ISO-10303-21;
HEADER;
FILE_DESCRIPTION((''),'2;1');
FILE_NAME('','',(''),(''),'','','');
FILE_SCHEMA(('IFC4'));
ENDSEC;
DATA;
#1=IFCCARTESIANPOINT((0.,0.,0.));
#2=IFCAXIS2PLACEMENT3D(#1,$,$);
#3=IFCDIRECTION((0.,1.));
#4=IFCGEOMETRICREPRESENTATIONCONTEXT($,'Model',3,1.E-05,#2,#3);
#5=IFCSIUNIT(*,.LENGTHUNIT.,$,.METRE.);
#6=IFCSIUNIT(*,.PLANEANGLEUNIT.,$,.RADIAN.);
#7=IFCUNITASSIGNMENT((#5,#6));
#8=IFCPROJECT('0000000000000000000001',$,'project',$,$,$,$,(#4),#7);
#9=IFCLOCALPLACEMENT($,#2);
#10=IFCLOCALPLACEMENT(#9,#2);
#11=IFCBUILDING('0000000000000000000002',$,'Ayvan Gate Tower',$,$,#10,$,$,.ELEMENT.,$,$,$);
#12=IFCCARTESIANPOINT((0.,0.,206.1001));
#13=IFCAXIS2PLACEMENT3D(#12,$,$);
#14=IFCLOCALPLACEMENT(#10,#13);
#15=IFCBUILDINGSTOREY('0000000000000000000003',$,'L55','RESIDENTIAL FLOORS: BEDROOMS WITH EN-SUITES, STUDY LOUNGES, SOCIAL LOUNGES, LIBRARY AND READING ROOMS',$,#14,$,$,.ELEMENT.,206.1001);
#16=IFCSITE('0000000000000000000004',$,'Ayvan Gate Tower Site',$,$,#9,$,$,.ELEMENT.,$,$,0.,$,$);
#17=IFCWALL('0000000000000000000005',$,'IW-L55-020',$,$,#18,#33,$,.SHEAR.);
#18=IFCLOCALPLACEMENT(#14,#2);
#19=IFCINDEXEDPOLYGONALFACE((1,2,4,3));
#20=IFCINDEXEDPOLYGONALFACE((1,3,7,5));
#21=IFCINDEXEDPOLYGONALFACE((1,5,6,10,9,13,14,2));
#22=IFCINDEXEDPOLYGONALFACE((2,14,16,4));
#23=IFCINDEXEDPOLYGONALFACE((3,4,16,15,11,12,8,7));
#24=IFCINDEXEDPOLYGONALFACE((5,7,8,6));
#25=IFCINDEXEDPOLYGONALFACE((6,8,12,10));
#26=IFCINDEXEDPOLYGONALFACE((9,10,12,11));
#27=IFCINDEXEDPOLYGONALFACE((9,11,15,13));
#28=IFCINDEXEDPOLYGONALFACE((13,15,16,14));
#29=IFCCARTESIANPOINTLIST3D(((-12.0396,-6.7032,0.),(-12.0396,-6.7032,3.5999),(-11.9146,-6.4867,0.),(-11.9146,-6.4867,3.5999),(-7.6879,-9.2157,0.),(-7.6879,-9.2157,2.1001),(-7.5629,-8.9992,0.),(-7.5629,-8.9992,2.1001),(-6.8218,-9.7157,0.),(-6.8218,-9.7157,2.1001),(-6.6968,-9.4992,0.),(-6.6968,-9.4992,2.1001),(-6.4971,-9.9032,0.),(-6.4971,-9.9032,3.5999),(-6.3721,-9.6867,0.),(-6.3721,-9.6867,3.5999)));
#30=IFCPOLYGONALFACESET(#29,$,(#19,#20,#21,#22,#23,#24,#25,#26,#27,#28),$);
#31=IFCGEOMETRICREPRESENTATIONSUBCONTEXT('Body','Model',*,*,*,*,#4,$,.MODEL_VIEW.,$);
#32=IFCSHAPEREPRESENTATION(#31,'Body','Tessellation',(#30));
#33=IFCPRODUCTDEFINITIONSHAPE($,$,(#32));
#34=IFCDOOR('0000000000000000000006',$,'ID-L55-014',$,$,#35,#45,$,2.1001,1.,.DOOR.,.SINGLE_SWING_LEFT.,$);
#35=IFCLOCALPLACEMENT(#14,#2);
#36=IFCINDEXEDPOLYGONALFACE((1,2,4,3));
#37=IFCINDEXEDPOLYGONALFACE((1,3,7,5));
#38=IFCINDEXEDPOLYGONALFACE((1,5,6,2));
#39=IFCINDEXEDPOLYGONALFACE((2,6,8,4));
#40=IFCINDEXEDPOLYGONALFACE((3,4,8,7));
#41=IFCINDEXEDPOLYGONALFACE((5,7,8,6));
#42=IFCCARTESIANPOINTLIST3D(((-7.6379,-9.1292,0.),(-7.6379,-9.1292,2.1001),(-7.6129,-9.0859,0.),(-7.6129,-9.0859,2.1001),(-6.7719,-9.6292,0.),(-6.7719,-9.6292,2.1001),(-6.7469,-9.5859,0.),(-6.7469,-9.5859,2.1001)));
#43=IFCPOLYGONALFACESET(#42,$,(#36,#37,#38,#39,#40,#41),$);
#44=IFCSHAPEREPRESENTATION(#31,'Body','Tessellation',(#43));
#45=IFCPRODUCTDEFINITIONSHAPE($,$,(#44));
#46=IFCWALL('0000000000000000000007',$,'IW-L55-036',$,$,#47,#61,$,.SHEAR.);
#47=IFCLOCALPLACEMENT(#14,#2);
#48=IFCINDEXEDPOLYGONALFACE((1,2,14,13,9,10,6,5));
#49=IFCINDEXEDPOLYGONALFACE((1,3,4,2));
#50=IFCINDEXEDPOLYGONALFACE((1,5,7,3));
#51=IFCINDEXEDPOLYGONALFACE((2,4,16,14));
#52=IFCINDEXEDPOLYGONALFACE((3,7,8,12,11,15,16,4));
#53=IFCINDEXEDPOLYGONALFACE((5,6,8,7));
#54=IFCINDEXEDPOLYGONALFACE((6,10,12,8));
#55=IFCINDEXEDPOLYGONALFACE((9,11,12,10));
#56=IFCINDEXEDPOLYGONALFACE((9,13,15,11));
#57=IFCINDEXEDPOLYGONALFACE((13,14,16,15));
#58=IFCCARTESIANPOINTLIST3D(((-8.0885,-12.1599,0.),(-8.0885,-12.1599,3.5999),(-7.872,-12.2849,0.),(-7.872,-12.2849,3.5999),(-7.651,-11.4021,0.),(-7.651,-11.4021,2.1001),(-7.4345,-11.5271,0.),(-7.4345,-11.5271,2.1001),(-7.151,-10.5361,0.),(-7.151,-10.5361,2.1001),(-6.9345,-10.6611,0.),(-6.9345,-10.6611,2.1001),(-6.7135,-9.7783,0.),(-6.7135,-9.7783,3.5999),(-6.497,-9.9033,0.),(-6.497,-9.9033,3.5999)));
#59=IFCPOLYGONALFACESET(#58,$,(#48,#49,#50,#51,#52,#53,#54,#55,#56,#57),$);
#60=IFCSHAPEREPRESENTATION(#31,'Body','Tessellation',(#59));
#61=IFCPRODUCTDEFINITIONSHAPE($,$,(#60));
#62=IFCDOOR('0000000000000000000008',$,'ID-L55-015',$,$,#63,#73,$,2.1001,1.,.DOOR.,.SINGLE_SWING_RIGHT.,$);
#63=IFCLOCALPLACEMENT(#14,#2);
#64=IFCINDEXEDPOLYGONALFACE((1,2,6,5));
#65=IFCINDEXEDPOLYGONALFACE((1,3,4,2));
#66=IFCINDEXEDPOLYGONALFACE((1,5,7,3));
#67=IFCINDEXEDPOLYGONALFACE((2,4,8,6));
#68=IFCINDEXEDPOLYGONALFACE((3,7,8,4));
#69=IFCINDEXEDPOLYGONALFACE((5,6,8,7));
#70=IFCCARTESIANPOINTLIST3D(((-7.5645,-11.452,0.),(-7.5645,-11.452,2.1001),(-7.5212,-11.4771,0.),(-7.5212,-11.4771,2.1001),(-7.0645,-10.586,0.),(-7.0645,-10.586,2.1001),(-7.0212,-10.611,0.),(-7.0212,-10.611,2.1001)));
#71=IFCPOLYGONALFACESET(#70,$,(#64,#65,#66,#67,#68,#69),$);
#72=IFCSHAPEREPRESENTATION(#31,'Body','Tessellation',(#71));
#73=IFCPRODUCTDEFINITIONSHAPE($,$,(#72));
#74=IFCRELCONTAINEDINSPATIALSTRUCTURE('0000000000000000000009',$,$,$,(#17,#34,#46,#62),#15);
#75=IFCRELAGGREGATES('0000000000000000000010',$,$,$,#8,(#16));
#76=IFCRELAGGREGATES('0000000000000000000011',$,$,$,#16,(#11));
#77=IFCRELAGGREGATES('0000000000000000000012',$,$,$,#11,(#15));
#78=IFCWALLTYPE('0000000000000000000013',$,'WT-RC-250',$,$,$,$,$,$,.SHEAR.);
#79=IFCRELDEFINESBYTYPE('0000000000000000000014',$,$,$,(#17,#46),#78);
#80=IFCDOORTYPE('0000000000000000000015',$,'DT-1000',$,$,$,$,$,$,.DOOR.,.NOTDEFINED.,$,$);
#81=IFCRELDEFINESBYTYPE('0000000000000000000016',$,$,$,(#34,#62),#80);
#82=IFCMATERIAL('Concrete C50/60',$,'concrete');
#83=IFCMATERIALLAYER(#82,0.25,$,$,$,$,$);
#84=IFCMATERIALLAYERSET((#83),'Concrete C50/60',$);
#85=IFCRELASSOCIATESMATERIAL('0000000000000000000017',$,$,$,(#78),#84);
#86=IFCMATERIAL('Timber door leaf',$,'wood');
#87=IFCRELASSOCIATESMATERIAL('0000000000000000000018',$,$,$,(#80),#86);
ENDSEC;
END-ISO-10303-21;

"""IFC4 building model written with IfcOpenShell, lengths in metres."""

from ifc_helpers import new_model, si_unit, direction, frame, frame_2d, origin, place, context, subcontext, project, spatial, rectangle, extrude, material, layer, layer_set, type_object, element, fill, save


model = new_model("IFC4")

# Units and contexts
model_context = context("Model", 3, precision=1e-05, world=origin(), true_north=direction((0.0, 1.0)))
body_context = subcontext(model_context, "Body", "Model", "MODEL_VIEW")
ifc_project = project(units=[si_unit("LENGTHUNIT", "METRE"), si_unit("PLANEANGLEUNIT", "RADIAN")], contexts=[model_context])

# Site, building, storey
site_placement = place(None, origin())
site = spatial("IfcSite", under=ifc_project, at=site_placement, Name="Ayvan Gate Tower Site", CompositionType="ELEMENT", RefElevation=0.0)
building_placement = place(site_placement, origin())
building = spatial("IfcBuilding", under=site, at=building_placement, Name="Ayvan Gate Tower", CompositionType="ELEMENT")
storey_placement = place(building_placement, frame((0.0, 0.0, 206.1001)))
storey = spatial("IfcBuildingStorey", under=building, at=storey_placement, Name="L55", Description="RESIDENTIAL FLOORS: BEDROOMS WITH EN-SUITES, STUDY LOUNGES, SOCIAL LOUNGES, LIBRARY AND READING ROOMS", CompositionType="ELEMENT", Elevation=206.1001)

# Shared definitions
ifc_material_1 = material(Name="Timber door leaf", Category="wood")

# Shared definitions
ifc_material_2 = material(Name="Concrete C50/60", Category="concrete")
ifc_layer_1 = layer(ifc_material_2, 0.25)
ifc_layer_set_1 = layer_set([ifc_layer_1], Name="Concrete C50/60")
wall_type_1 = type_object("IfcWallType", Name="WT-RC-250", PredefinedType="SHEAR", material=ifc_layer_set_1)

# Walls, openings, doors
wall_1_placement = place(storey_placement, frame((-11.9771, -6.595, 0.0), z_axis=(0.0, 0.0, 1.0), x_axis=(0.866025, -0.5, 0.0)))
wall_1 = element("IfcWall", 1, at=wall_1_placement, inside=storey, type_object=wall_type_1, Name="IW-L55-020", PredefinedType="SHEAR", context=body_context, shape_type="SweptSolid", body=[
    extrude(rectangle(XDim=6.3999, YDim=0.25, at=frame_2d((3.2, 0.0))), origin(), (0.0, 0.0, 1.0), 3.5999),
])
opening_1_placement = place(wall_1_placement, frame((5.0249, 0.0, 0.0)))
opening_1 = element("IfcOpeningElement", 2, at=opening_1_placement, cuts=wall_1, PredefinedType="OPENING", context=body_context, shape_type="SweptSolid", body=[
    extrude(rectangle(XDim=1.0, YDim=2.1001, at=frame_2d((0.5, 1.05))), frame((0.0, 0.135, 0.0), z_axis=(0.0, -1.0, 0.0), x_axis=(1.0, 0.0, 0.0)), (0.0, 0.0, 1.0), 0.27),
])
door_type_1 = type_object("IfcDoorType", Name="DT-1000", OperationType="NOTDEFINED", PredefinedType="DOOR", material=ifc_material_1)
door_1_placement = place(opening_1_placement, origin())
door_1 = element("IfcDoor", 3, at=door_1_placement, inside=storey, type_object=door_type_1, Name="ID-L55-014", OperationType="SINGLE_SWING_LEFT", OverallHeight=2.1001, OverallWidth=1.0, PredefinedType="DOOR", context=body_context, shape_type="SweptSolid", body=[
    extrude(rectangle(XDim=1.0, YDim=2.1001, at=frame_2d((0.5, 1.05))), frame((0.0, 0.0249, 0.0), z_axis=(0.0, -1.0, 0.0), x_axis=(1.0, 0.0, 0.0)), (0.0, 0.0, 1.0), 0.05),
])
fill(opening_1, door_1)
wall_2_placement = place(storey_placement, frame((-6.6052, -9.8408, 0.0), z_axis=(0.0, 0.0, 1.0), x_axis=(-0.499997, -0.866027, 0.0)))
wall_2 = element("IfcWall", 4, at=wall_2_placement, inside=storey, type_object=wall_type_1, Name="IW-L55-036", PredefinedType="SHEAR", context=body_context, shape_type="SweptSolid", body=[
    extrude(rectangle(XDim=2.75, YDim=0.25, at=frame_2d((1.375, 0.0))), origin(), (0.0, 0.0, 1.0), 3.5999),
])
opening_2_placement = place(wall_2_placement, frame((0.875, 0.0, 0.0)))
opening_2 = element("IfcOpeningElement", 5, at=opening_2_placement, cuts=wall_2, PredefinedType="OPENING", context=body_context, shape_type="SweptSolid", body=[
    extrude(rectangle(XDim=1.0, YDim=2.1001, at=frame_2d((0.5, 1.05))), frame((0.0, 0.135, 0.0), z_axis=(0.0, -1.0, 0.0), x_axis=(1.0, 0.0, 0.0)), (0.0, 0.0, 1.0), 0.27),
])
door_2_placement = place(opening_2_placement, origin())
door_2 = element("IfcDoor", 6, at=door_2_placement, inside=storey, type_object=door_type_1, Name="ID-L55-015", OperationType="SINGLE_SWING_RIGHT", OverallHeight=2.1001, OverallWidth=1.0, PredefinedType="DOOR", context=body_context, shape_type="SweptSolid", body=[
    extrude(rectangle(XDim=1.0, YDim=2.1001, at=frame_2d((0.5, 1.05))), frame((0.0, 0.0249, 0.0), z_axis=(0.0, -1.0, 0.0), x_axis=(1.0, 0.0, 0.0)), (0.0, 0.0, 1.0), 0.05),
])
fill(opening_2, door_2)

save(model, "model.ifc")
